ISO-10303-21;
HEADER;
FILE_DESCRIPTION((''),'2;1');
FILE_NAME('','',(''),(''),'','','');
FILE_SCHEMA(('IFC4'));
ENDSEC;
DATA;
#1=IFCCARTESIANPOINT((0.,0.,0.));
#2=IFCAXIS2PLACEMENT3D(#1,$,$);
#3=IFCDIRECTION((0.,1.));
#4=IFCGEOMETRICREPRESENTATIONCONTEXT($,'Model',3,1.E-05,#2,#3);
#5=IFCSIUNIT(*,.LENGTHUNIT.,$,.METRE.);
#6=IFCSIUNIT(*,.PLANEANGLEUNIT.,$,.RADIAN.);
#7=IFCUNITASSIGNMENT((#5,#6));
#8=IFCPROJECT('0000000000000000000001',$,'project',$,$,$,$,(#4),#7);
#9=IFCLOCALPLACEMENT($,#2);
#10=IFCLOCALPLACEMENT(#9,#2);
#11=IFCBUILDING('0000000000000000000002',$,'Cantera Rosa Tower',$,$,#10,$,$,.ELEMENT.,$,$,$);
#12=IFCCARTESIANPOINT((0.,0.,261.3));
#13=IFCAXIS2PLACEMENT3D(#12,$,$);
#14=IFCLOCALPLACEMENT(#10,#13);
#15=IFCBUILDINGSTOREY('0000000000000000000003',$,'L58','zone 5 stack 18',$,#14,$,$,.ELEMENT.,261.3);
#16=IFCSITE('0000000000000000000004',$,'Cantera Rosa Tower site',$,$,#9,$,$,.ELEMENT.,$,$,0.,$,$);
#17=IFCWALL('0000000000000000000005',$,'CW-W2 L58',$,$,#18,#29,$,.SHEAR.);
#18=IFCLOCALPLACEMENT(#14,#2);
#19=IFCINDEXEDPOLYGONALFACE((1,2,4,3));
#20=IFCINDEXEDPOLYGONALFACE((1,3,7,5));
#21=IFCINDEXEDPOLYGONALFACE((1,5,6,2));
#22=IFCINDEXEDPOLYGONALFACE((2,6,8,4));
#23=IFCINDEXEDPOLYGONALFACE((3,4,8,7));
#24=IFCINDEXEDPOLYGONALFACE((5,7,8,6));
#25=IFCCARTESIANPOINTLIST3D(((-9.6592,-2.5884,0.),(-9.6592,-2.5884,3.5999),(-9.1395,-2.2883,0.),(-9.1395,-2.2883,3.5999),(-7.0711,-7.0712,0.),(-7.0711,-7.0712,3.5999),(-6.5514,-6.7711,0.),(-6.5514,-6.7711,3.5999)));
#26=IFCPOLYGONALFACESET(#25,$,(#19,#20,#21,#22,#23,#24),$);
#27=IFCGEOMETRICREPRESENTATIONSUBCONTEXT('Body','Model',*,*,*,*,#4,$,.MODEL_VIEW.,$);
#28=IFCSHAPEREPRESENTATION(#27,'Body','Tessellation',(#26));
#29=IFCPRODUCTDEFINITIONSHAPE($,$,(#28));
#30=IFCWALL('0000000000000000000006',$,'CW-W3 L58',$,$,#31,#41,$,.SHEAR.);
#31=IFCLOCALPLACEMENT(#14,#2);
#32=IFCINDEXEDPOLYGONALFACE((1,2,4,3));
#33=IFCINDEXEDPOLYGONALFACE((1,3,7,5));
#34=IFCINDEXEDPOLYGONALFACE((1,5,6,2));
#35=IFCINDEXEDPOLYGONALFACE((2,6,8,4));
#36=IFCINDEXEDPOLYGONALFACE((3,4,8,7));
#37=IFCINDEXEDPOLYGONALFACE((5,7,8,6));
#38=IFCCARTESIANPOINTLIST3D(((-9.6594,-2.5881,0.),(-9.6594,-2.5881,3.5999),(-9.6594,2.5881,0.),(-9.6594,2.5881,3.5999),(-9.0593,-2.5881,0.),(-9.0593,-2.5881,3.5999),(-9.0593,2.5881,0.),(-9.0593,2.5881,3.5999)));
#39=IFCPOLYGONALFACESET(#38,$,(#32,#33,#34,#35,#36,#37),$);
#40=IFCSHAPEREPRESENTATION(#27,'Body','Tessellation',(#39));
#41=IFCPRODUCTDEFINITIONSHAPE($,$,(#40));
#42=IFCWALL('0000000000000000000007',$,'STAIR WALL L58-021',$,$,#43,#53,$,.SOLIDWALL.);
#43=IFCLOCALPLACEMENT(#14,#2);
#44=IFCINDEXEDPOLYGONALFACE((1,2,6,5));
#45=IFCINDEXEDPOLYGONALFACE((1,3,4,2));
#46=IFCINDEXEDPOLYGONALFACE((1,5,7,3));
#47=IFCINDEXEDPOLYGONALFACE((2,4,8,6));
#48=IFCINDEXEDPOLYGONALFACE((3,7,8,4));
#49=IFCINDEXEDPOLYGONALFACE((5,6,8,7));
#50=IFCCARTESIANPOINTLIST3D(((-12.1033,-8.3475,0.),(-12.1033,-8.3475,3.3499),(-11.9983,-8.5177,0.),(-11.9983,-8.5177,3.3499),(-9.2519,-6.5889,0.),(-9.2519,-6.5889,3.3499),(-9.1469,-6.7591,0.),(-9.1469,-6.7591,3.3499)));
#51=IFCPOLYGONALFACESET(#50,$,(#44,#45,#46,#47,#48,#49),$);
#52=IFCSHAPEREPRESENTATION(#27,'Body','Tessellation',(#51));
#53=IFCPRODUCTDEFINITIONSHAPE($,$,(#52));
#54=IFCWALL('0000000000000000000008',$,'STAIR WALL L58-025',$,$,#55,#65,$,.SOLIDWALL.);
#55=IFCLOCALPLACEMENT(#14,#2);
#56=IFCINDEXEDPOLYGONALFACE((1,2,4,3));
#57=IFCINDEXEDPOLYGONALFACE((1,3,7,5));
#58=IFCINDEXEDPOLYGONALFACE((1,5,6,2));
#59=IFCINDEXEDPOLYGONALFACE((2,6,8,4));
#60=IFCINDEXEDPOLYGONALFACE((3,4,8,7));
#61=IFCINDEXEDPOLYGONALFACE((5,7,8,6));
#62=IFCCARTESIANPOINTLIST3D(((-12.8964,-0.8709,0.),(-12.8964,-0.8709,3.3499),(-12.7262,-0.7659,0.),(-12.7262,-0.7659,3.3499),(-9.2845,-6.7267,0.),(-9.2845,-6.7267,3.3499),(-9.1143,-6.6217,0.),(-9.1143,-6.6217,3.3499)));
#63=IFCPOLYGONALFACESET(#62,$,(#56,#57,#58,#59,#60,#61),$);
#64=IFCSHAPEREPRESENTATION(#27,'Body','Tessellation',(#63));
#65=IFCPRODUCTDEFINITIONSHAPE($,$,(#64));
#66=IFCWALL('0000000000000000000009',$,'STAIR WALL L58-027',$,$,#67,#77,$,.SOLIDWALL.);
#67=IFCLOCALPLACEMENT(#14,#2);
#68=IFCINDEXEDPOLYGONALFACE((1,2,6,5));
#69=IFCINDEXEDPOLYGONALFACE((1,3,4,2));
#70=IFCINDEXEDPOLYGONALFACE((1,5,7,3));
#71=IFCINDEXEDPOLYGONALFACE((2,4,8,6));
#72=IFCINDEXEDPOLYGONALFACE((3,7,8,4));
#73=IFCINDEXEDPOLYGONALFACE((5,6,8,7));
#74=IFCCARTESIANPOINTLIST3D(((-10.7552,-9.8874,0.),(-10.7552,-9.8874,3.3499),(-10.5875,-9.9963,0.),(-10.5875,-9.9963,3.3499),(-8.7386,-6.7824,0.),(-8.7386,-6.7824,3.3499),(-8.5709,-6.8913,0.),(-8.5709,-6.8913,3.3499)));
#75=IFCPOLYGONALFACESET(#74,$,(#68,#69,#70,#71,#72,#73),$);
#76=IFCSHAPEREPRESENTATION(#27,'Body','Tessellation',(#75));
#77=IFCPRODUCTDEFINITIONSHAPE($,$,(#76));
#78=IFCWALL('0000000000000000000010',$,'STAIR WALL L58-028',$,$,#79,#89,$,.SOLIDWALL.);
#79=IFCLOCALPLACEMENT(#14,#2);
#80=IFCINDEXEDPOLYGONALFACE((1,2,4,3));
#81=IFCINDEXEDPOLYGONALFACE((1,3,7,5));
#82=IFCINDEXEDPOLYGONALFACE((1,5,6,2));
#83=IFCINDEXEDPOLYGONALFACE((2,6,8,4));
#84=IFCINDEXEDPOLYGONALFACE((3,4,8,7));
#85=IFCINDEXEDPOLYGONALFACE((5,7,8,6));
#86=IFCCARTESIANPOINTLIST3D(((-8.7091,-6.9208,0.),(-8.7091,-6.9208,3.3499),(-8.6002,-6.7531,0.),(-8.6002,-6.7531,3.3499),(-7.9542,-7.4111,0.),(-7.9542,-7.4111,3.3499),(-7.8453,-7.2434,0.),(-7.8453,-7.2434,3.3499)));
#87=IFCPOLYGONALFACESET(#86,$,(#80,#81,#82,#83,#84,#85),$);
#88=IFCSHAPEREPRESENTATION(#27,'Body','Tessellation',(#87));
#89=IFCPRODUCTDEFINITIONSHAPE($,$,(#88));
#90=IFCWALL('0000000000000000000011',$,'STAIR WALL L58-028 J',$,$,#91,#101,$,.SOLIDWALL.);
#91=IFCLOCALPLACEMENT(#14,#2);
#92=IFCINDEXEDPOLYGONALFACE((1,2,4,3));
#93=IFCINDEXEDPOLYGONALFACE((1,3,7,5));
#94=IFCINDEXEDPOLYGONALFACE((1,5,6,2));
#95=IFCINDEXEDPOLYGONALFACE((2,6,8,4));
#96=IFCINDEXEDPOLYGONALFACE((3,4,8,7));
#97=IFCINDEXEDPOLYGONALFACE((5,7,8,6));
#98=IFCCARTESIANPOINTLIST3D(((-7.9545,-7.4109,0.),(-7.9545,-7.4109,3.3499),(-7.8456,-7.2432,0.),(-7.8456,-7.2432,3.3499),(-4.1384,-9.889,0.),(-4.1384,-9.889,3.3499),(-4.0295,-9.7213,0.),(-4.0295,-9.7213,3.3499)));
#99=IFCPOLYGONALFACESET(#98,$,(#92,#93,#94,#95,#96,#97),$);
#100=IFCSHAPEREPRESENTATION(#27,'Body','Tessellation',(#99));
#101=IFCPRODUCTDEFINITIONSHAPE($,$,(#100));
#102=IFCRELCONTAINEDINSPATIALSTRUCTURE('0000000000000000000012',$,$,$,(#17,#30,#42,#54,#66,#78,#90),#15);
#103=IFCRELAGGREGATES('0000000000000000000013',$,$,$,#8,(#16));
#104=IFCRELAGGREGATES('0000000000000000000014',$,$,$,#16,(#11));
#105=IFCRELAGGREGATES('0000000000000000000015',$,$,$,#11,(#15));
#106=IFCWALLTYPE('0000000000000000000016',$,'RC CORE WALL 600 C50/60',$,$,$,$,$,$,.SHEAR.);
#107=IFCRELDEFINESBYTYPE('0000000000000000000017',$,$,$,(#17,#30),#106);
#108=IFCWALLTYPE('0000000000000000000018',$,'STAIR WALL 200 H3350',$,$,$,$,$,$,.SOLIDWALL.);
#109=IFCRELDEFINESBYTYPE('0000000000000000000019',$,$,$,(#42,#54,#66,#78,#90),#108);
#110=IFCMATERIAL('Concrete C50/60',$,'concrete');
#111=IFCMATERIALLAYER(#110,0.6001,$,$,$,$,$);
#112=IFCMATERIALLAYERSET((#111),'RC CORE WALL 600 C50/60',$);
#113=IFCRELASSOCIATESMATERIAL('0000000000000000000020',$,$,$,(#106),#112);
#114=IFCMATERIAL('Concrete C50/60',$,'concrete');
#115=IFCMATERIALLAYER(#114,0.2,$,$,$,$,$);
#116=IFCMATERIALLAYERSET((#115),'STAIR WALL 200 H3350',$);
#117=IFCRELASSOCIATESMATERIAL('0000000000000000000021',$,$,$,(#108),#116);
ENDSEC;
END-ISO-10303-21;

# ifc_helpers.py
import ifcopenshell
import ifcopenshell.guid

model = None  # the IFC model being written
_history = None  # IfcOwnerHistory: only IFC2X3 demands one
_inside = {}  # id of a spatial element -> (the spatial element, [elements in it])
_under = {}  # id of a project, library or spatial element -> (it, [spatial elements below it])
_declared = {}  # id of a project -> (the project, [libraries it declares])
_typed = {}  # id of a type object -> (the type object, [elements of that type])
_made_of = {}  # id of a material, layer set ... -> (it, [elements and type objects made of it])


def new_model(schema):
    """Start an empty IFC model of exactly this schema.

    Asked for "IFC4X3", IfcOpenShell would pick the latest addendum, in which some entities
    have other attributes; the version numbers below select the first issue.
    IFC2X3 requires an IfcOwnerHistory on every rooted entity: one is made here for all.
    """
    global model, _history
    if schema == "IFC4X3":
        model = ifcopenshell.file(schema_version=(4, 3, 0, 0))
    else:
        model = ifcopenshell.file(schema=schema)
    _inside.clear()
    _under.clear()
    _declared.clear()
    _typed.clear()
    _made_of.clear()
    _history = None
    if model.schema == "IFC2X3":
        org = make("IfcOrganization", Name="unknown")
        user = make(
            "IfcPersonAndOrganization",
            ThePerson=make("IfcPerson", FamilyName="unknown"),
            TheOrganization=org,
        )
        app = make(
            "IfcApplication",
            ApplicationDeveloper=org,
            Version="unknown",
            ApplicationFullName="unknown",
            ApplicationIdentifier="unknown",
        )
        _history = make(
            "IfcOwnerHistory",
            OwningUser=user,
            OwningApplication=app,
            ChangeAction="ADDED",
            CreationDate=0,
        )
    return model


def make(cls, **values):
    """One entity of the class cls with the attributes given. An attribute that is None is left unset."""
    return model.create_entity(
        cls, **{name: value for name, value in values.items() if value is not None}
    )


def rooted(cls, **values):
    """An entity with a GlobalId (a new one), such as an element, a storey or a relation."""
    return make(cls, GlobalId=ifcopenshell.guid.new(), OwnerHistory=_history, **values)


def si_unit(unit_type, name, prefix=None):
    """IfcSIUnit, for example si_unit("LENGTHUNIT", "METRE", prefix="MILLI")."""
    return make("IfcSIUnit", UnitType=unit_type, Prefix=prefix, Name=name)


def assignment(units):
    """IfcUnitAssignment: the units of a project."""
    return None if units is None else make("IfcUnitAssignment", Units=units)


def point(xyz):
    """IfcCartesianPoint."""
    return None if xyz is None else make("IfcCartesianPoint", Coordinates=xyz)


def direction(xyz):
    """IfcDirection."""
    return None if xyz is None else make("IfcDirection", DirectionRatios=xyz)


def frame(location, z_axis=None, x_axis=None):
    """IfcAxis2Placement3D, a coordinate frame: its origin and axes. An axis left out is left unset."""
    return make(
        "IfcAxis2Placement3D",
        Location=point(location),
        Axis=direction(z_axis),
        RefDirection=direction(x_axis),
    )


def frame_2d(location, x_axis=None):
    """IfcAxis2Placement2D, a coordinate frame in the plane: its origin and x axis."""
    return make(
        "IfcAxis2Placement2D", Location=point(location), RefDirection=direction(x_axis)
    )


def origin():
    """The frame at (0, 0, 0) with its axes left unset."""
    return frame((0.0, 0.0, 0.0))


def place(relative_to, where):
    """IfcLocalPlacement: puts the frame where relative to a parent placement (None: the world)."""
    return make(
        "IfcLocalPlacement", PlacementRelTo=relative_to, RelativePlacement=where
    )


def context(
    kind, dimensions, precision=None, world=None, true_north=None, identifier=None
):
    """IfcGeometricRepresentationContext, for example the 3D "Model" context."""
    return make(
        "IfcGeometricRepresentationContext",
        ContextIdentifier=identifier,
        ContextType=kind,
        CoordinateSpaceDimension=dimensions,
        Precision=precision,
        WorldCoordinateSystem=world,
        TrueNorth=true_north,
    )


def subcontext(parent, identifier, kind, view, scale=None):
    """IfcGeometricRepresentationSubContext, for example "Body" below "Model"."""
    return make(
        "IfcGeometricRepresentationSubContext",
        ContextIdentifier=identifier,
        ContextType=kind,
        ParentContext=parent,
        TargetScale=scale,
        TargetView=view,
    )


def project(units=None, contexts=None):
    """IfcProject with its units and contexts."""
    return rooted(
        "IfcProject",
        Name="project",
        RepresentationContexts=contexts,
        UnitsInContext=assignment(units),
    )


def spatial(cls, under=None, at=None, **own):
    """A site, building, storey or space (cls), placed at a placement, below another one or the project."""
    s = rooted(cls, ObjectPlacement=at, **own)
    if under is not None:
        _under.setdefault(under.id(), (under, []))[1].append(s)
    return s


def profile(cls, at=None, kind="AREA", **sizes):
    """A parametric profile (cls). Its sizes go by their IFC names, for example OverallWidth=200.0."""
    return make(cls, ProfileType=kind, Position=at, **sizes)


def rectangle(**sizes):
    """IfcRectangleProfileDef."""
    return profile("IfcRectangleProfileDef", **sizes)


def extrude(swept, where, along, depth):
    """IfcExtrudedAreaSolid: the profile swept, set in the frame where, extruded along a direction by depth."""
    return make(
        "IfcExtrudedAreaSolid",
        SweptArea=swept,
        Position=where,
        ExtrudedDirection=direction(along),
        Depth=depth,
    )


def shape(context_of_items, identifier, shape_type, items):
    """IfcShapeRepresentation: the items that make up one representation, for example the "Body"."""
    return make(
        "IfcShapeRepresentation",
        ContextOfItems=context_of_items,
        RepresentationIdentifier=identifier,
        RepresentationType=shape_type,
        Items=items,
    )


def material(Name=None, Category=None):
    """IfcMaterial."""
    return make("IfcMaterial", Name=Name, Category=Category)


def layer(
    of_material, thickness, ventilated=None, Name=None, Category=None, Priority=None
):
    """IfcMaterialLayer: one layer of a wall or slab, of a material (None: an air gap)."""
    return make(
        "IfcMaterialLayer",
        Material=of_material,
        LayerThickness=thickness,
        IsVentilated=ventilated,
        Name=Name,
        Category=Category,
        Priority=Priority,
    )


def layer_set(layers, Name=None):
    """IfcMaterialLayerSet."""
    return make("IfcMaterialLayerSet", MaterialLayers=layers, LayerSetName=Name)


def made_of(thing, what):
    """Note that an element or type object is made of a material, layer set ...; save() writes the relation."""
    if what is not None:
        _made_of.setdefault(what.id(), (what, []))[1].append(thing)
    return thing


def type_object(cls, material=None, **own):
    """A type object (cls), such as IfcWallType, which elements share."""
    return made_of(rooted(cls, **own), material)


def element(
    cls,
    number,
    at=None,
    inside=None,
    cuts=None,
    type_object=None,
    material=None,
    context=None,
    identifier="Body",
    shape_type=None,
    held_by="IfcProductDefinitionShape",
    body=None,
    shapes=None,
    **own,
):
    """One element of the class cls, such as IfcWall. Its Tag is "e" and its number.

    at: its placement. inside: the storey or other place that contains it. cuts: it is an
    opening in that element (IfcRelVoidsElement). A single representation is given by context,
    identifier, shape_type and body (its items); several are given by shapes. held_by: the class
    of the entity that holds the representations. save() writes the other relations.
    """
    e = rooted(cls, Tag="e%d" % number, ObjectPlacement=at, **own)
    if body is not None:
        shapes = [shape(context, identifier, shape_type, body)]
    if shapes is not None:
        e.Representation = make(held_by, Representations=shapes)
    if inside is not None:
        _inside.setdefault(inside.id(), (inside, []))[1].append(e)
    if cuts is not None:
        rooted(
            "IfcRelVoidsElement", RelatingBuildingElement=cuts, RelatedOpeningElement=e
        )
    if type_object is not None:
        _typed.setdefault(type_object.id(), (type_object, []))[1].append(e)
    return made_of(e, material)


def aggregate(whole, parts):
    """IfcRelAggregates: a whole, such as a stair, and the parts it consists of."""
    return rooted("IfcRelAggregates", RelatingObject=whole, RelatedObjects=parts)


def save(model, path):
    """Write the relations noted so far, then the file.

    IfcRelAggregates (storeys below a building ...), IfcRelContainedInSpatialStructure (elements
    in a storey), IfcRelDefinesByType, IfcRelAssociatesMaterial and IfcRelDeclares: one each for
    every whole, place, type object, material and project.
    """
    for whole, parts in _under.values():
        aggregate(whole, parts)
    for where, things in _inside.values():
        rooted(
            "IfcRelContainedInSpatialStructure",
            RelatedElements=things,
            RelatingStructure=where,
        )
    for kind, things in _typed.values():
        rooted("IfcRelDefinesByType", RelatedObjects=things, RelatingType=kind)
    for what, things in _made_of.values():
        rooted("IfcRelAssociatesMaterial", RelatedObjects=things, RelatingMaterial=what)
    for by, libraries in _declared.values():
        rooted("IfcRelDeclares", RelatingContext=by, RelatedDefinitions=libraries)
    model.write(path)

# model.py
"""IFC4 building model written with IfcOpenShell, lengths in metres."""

from ifc_helpers import new_model, si_unit, direction, frame, frame_2d, origin, place, context, subcontext, project, spatial, rectangle, extrude, material, layer, layer_set, type_object, element, save


model = new_model("IFC4")

# Units and contexts
model_context = context("Model", 3, precision=1e-05, world=origin(), true_north=direction((0.0, 1.0)))
body_context = subcontext(model_context, "Body", "Model", "MODEL_VIEW")
ifc_project = project(units=[si_unit("LENGTHUNIT", "METRE"), si_unit("PLANEANGLEUNIT", "RADIAN")], contexts=[model_context])

# Site, building, storey
site_placement = place(None, origin())
site = spatial("IfcSite", under=ifc_project, at=site_placement, Name="Cantera Rosa Tower site", CompositionType="ELEMENT", RefElevation=0.0)
building_placement = place(site_placement, origin())
building = spatial("IfcBuilding", under=site, at=building_placement, Name="Cantera Rosa Tower", CompositionType="ELEMENT")
storey_placement = place(building_placement, frame((0.0, 0.0, 261.3)))
storey = spatial("IfcBuildingStorey", under=building, at=storey_placement, Name="L58", Description="zone 5 stack 18", CompositionType="ELEMENT", Elevation=261.3)

# Walls
ifc_material_1 = material(Name="Concrete C50/60", Category="concrete")
ifc_layer_1 = layer(ifc_material_1, 0.6001)
ifc_layer_set_1 = layer_set([ifc_layer_1], Name="RC CORE WALL 600 C50/60")
wall_type_1 = type_object("IfcWallType", Name="RC CORE WALL 600 C50/60", PredefinedType="SHEAR", material=ifc_layer_set_1)
for number, where, z_axis, x_axis, name in (
    (1, (-6.8113, -6.9211, 0.0), (0.0, 0.0, 1.0), (-0.499989, 0.866032, 0.0), "CW-W2 L58"),
    (2, (-9.3594, -2.5881, 0.0), (0.0, 0.0, 1.0), (0.0, 1.0, 0.0), "CW-W3 L58"),
):
    element("IfcWall", number, at=place(storey_placement, frame(where, z_axis=z_axis, x_axis=x_axis)), inside=storey, type_object=wall_type_1, Name=name, PredefinedType="SHEAR", context=body_context, shape_type="SweptSolid", body=[
        extrude(rectangle(XDim=5.1763, YDim=0.6001, at=frame_2d((2.5881, 0.0))), origin(), (0.0, 0.0, 1.0), 3.5999),
    ])
ifc_material_2 = material(Name="Concrete C50/60", Category="concrete")
ifc_layer_2 = layer(ifc_material_2, 0.2)
ifc_layer_set_2 = layer_set([ifc_layer_2], Name="STAIR WALL 200 H3350")
wall_type_2 = type_object("IfcWallType", Name="STAIR WALL 200 H3350", PredefinedType="SOLIDWALL", material=ifc_layer_set_2)
wall_1_placement = place(storey_placement, frame((-12.0508, -8.4326, 0.0), z_axis=(0.0, 0.0, 1.0), x_axis=(0.85114, 0.524939, 0.0)))
element("IfcWall", 3, at=wall_1_placement, inside=storey, type_object=wall_type_2, Name="STAIR WALL L58-021", PredefinedType="SOLIDWALL", context=body_context, shape_type="SweptSolid", body=[
    extrude(rectangle(XDim=3.3501, YDim=0.2, at=frame_2d((1.675, 0.0))), origin(), (0.0, 0.0, 1.0), 3.3499),
])
wall_2_placement = place(storey_placement, frame((-9.1995, -6.6741, 0.0), z_axis=(0.0, 0.0, 1.0), x_axis=(-0.524972, 0.851119, 0.0)))
element("IfcWall", 4, at=wall_2_placement, inside=storey, type_object=wall_type_2, Name="STAIR WALL L58-025", PredefinedType="SOLIDWALL", context=body_context, shape_type="SweptSolid", body=[
    extrude(rectangle(XDim=6.8801, YDim=0.2, at=frame_2d((3.4399, 0.0))), origin(), (0.0, 0.0, 1.0), 3.3499),
])
wall_3_placement = place(storey_placement, frame((-8.6548, -6.8369, 0.0), z_axis=(0.0, 0.0, 1.0), x_axis=(-0.544678, -0.838645, 0.0)))
element("IfcWall", 5, at=wall_3_placement, inside=storey, type_object=wall_type_2, Name="STAIR WALL L58-027", PredefinedType="SOLIDWALL", context=body_context, shape_type="SweptSolid", body=[
    extrude(rectangle(XDim=3.7024, YDim=0.2, at=frame_2d((1.8511, 0.0))), origin(), (0.0, 0.0, 1.0), 3.3499),
])
wall_4_placement = place(storey_placement, frame((-8.6548, -6.8369, 0.0), z_axis=(0.0, 0.0, 1.0), x_axis=(0.838667, -0.544645, 0.0)))
element("IfcWall", 6, at=wall_4_placement, inside=storey, type_object=wall_type_2, Name="STAIR WALL L58-028", PredefinedType="SOLIDWALL", context=body_context, shape_type="SweptSolid", body=[
    extrude(rectangle(XDim=0.9001, YDim=0.2, at=frame_2d((0.4502, 0.0))), origin(), (0.0, 0.0, 1.0), 3.3499),
])
wall_5_placement = place(storey_placement, frame((-7.8999, -7.3271, 0.0), z_axis=(0.0, 0.0, 1.0), x_axis=(0.838676, -0.54463, 0.0)))
element("IfcWall", 7, at=wall_5_placement, inside=storey, type_object=wall_type_2, Name="STAIR WALL L58-028 J", PredefinedType="SOLIDWALL", context=body_context, shape_type="SweptSolid", body=[
    extrude(rectangle(XDim=4.55, YDim=0.2, at=frame_2d((2.2749, 0.0))), origin(), (0.0, 0.0, 1.0), 3.3499),
])

save(model, "model.ifc")
